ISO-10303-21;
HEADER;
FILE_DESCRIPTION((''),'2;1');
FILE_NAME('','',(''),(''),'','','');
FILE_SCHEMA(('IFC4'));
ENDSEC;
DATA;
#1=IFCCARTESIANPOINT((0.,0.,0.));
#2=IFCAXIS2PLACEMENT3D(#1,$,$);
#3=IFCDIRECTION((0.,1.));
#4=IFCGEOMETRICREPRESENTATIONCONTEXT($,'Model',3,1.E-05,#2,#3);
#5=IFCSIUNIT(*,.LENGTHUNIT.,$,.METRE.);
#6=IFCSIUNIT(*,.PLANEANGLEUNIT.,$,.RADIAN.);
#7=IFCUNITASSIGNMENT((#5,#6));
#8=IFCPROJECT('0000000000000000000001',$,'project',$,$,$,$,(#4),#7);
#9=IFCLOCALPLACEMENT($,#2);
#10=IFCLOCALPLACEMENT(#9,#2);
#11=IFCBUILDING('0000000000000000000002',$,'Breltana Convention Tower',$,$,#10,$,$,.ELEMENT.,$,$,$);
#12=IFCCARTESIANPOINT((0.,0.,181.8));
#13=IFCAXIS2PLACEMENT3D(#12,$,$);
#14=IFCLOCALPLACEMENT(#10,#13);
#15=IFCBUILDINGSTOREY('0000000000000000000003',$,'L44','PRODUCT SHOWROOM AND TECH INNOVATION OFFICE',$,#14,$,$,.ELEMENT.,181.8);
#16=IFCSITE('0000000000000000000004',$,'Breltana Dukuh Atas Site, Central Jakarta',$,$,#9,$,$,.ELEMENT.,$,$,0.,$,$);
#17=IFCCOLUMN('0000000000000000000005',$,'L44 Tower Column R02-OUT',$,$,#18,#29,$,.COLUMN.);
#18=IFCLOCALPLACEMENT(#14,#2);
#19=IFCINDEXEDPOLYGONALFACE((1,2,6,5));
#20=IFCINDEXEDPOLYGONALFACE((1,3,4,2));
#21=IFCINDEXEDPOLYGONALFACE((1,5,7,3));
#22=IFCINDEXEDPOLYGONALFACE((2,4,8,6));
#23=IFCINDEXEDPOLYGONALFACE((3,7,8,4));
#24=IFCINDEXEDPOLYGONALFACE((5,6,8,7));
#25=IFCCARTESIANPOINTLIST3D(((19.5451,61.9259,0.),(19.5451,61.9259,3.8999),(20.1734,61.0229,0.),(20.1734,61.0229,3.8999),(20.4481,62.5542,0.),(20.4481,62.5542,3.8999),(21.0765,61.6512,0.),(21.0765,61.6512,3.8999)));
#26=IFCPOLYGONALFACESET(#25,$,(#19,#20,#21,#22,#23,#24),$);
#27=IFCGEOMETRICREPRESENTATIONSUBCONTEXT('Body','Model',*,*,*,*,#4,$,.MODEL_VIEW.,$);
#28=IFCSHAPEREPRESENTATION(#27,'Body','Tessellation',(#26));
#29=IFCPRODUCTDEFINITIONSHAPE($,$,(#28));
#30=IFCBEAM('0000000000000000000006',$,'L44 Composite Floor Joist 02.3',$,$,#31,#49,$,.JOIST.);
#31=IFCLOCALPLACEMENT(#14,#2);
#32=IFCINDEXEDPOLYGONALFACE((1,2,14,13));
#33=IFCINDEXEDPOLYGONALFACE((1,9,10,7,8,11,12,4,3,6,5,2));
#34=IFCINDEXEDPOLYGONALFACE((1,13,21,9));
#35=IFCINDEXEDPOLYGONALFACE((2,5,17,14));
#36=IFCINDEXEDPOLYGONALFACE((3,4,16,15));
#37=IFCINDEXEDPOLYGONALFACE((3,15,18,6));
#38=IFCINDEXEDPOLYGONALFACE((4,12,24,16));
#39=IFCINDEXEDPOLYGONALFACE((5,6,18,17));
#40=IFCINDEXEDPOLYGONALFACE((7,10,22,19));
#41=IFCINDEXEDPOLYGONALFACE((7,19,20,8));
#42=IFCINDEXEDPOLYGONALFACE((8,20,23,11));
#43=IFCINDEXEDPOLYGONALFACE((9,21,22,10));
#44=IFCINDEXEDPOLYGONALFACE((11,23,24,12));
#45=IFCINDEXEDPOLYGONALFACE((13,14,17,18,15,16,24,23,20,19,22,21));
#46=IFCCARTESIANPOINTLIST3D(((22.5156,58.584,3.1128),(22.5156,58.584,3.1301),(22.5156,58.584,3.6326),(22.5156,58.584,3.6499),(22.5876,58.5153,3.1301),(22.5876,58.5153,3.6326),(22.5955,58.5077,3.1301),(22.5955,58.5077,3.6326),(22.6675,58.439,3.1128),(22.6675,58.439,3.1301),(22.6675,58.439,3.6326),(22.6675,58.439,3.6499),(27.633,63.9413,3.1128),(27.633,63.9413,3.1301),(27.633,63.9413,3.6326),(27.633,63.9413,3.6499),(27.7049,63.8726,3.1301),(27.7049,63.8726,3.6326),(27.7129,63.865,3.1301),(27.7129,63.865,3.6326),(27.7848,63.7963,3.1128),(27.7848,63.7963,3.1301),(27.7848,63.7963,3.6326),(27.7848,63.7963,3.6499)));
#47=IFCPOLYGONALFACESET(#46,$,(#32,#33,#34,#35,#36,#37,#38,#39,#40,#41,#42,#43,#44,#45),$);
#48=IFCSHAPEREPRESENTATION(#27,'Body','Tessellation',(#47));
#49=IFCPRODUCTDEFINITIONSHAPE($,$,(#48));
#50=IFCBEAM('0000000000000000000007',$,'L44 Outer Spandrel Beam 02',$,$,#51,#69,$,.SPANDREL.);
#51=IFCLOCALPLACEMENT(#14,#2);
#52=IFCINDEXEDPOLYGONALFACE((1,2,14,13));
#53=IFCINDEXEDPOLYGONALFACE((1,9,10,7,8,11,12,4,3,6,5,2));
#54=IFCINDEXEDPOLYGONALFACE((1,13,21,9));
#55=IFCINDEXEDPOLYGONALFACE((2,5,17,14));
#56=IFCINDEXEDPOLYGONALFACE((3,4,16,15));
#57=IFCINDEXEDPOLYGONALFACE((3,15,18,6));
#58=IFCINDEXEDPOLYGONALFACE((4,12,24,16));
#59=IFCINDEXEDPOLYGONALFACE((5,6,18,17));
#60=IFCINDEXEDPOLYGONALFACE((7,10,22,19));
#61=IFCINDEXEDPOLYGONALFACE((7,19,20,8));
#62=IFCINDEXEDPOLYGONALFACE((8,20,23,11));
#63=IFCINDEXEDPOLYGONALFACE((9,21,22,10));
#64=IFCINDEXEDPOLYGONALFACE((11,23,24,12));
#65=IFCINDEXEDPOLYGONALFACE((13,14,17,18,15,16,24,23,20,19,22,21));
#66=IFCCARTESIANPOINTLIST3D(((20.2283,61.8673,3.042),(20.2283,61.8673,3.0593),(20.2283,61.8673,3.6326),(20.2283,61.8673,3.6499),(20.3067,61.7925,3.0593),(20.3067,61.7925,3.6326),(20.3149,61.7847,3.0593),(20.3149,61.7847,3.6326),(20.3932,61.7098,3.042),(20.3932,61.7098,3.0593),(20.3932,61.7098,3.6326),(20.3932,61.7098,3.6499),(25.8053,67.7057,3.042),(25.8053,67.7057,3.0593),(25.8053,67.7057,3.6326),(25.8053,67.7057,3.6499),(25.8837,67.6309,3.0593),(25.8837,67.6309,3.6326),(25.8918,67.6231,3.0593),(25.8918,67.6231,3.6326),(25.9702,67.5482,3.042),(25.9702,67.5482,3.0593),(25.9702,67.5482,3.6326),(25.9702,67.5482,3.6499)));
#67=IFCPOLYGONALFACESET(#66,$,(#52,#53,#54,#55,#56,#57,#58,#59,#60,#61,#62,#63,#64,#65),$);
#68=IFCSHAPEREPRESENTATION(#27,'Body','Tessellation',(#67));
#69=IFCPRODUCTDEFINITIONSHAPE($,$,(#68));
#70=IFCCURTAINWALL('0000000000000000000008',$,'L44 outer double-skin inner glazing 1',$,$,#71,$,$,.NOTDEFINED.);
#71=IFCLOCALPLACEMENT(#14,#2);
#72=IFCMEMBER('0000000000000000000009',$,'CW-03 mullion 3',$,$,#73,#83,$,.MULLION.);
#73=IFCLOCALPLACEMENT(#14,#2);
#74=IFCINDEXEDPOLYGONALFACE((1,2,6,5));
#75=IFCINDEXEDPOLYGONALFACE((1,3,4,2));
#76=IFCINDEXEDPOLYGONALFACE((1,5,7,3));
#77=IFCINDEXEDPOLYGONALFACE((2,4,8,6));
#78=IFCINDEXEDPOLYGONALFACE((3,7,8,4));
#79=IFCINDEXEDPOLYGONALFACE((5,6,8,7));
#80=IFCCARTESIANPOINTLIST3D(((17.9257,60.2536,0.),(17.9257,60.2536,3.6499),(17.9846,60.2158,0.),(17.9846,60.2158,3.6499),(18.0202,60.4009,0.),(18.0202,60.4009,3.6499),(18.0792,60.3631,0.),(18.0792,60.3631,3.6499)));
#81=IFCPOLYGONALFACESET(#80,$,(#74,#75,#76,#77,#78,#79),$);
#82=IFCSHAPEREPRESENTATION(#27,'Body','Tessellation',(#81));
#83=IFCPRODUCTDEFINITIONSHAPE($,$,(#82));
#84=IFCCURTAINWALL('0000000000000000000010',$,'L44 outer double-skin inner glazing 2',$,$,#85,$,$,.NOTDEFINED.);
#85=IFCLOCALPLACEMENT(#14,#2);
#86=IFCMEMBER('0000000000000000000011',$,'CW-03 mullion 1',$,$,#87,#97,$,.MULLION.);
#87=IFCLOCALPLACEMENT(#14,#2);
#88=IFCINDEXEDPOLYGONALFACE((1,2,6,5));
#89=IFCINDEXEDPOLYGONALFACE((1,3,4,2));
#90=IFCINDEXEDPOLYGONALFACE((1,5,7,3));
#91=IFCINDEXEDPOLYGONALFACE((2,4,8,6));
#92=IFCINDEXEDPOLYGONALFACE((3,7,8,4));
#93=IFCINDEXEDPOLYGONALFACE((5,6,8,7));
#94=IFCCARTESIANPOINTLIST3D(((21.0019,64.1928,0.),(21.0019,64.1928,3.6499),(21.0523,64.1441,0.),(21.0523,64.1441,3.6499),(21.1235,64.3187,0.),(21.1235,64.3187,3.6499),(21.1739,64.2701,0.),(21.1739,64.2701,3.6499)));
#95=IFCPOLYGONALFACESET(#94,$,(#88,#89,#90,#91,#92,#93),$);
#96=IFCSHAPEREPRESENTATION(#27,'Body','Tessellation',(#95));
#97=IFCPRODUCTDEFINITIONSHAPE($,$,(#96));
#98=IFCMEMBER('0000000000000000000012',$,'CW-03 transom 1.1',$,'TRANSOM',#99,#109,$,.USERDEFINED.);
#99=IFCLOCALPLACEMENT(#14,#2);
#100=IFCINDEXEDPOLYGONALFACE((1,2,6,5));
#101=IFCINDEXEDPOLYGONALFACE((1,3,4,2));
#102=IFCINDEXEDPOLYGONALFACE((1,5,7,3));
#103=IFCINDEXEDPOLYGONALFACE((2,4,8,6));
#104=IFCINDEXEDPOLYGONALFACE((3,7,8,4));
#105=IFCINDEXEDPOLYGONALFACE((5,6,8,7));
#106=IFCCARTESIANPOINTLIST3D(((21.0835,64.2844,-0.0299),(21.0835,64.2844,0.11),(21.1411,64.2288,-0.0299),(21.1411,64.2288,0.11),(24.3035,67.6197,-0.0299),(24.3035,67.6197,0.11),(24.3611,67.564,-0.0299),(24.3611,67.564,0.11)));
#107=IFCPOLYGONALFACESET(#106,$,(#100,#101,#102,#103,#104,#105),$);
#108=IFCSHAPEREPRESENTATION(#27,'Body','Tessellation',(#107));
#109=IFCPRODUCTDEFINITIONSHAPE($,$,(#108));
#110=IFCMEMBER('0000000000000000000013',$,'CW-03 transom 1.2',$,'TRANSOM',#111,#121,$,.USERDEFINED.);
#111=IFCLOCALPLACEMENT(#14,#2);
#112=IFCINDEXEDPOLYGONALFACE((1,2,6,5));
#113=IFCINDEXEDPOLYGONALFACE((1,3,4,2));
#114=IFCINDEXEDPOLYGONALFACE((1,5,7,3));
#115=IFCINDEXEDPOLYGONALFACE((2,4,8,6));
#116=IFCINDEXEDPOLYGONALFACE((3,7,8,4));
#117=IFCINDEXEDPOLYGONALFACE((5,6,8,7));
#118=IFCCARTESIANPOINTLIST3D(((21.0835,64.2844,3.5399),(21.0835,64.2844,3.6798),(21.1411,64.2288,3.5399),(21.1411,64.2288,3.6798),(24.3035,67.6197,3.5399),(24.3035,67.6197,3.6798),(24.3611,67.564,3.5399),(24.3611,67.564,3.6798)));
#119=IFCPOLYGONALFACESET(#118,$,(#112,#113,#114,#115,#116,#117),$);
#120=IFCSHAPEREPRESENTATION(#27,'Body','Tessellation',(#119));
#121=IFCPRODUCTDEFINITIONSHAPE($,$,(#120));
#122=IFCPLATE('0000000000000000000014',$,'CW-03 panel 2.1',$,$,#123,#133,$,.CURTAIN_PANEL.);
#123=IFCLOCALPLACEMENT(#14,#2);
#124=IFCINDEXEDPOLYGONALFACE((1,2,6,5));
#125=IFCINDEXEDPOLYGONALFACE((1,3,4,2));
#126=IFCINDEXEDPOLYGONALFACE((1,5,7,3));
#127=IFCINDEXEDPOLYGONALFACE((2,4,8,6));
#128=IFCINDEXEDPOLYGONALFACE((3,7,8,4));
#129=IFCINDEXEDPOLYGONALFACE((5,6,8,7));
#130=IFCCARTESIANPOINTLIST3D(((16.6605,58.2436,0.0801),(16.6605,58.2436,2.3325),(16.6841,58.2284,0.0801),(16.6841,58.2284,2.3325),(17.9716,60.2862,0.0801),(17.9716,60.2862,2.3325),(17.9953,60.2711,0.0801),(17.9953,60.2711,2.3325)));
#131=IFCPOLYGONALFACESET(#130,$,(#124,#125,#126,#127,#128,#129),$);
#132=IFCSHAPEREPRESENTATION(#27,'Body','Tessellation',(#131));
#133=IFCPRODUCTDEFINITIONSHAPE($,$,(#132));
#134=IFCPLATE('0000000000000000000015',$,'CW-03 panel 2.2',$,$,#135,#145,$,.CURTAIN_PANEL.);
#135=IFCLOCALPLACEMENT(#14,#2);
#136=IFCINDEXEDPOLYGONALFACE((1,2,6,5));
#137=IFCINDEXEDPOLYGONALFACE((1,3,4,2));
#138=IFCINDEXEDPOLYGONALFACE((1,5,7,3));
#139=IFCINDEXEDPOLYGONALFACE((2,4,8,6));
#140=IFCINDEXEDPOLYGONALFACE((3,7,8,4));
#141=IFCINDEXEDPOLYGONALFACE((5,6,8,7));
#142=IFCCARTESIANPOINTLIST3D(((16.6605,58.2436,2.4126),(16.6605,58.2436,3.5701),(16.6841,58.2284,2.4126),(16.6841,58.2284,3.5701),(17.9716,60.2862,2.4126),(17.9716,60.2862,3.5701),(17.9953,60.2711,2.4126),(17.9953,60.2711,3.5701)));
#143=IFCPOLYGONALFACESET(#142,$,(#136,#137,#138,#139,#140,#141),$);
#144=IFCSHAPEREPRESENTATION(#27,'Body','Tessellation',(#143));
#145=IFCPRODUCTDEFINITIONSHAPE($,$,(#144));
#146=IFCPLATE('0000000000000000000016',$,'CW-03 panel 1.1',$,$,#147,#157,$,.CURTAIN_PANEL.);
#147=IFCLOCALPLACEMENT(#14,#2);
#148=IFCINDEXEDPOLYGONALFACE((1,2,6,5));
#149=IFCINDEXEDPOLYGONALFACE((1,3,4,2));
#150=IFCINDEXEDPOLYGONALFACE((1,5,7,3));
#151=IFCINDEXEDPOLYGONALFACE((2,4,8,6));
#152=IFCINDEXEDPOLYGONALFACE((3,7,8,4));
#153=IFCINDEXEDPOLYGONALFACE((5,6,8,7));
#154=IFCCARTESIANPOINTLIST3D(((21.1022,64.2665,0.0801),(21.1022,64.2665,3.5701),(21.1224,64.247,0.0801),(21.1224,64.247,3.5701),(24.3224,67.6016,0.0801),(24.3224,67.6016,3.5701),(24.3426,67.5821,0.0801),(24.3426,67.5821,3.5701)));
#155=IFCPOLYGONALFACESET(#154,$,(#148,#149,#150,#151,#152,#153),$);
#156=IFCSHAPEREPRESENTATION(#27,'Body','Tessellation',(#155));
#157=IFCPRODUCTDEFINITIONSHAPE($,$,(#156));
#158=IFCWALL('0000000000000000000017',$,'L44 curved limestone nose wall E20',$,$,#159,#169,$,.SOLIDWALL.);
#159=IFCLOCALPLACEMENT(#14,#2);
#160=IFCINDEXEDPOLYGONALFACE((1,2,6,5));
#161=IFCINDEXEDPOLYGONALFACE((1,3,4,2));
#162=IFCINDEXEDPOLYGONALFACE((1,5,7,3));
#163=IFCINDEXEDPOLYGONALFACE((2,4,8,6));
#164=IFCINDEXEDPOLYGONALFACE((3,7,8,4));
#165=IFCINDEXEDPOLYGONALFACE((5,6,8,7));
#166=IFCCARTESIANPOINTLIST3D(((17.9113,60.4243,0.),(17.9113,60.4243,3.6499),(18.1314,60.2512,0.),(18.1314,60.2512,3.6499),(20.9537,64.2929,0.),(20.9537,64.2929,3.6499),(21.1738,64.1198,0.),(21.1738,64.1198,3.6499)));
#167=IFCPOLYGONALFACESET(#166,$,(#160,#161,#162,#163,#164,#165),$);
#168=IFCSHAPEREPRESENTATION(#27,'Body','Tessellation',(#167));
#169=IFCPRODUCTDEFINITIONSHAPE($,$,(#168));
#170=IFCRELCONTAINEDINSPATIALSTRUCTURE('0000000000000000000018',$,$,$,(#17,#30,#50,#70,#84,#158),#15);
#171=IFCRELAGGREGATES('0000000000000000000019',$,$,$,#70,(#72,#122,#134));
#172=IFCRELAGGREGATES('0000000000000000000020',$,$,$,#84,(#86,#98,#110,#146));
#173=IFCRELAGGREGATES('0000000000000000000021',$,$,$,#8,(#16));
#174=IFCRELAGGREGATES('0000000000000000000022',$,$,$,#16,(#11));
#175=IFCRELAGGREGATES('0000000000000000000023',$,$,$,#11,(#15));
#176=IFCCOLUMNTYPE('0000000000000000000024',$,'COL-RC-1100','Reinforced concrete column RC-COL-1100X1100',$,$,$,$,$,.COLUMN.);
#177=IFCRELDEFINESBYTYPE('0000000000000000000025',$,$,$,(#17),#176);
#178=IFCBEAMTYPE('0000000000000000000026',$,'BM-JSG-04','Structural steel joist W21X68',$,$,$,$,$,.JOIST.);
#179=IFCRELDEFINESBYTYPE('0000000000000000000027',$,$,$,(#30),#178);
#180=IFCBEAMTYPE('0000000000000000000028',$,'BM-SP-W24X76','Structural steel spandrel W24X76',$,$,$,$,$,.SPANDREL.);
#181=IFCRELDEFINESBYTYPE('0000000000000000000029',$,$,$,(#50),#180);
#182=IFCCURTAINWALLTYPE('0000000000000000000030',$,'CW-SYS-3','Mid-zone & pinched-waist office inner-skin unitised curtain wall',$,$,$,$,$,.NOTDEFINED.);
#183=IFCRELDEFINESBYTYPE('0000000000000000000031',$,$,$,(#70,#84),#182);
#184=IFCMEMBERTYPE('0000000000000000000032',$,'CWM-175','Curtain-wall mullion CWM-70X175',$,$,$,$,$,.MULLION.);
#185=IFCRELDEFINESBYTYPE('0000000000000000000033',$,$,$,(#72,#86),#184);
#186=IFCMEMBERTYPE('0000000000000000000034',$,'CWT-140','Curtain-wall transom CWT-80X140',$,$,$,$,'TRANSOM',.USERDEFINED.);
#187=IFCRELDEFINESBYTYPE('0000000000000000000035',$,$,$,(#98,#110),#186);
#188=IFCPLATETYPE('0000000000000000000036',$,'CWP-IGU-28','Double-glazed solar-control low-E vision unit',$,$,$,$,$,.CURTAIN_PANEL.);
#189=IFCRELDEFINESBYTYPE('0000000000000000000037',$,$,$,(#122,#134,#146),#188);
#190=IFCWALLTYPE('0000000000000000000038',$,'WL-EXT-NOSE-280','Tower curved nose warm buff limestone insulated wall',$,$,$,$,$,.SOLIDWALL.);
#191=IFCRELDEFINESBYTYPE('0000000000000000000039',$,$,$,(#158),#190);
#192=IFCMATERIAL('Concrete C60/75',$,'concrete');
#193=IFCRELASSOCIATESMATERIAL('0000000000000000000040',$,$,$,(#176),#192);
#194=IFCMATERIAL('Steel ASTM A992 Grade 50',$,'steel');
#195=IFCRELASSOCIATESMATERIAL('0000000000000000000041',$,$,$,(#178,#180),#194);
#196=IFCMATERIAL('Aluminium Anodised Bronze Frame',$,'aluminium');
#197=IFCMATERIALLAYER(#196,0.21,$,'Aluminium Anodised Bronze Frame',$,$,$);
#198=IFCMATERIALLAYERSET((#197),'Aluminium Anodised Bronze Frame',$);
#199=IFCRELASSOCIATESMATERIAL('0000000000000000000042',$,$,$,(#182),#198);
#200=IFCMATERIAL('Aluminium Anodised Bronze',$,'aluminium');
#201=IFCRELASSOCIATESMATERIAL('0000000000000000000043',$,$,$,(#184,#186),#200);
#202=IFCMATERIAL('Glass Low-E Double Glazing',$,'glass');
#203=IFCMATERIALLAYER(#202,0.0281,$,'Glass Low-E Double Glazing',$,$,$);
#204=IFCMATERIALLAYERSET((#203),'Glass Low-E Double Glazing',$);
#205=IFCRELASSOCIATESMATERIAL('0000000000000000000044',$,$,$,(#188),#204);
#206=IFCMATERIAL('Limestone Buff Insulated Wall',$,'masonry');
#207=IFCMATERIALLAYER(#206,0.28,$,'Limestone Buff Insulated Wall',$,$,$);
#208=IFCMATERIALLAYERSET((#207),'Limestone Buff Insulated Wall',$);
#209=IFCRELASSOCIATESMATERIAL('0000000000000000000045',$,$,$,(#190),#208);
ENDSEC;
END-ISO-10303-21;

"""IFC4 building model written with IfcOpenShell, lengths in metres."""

from ifc_helpers import new_model, si_unit, direction, frame, frame_2d, origin, origin_2d, place, context, subcontext, project, spatial, rectangle, i_section, extrude, source, transform, mapped, material, layer, layer_set, material_profile, profile_set, type_object, element, aggregate, save


model = new_model("IFC4")

# Units and contexts
model_context = context("Model", 3, precision=1e-05, world=origin(), true_north=direction((0.0, 1.0)))
body_context = subcontext(model_context, "Body", "Model", "MODEL_VIEW")
ifc_project = project(units=[si_unit("LENGTHUNIT", "METRE"), si_unit("PLANEANGLEUNIT", "RADIAN")], contexts=[model_context])

# Site, building, storey
site_placement = place(None, origin())
site = spatial("IfcSite", under=ifc_project, at=site_placement, Name="Breltana Dukuh Atas Site, Central Jakarta", CompositionType="ELEMENT", RefElevation=0.0)
building_placement = place(site_placement, origin())
building = spatial("IfcBuilding", under=site, at=building_placement, Name="Breltana Convention Tower", CompositionType="ELEMENT")
storey_placement = place(building_placement, frame((0.0, 0.0, 181.8)))
storey = spatial("IfcBuildingStorey", under=building, at=storey_placement, Name="L44", Description="PRODUCT SHOWROOM AND TECH INNOVATION OFFICE", CompositionType="ELEMENT", Elevation=181.8)

# Column
ifc_material_1 = material(Name="Concrete C60/75", Category="concrete")
ifc_material_profile_1 = material_profile(ifc_material_1, rectangle(XDim=1.1001, YDim=1.1001, at=origin_2d()), Name="RC-COL-1100X1100")
ifc_profile_set_1 = profile_set([ifc_material_profile_1], Name="Concrete C60/75")
column_type = type_object("IfcColumnType", Name="COL-RC-1100", Description="Reinforced concrete column RC-COL-1100X1100", PredefinedType="COLUMN", material=ifc_profile_set_1)
shared_shape_1 = source(origin(), body_context, "Body", "SweptSolid", [
    extrude(rectangle(XDim=1.1001, YDim=1.1001, at=origin_2d()), origin(), (0.0, 0.0, 1.0), 3.8999),
])
column_placement = place(storey_placement, frame((20.3108, 61.7886, 0.0), z_axis=(0.0, 0.0, 1.0), x_axis=(-0.571143, 0.82085, 0.0)))
element("IfcColumn", 1, at=column_placement, inside=storey, type_object=column_type, Name="L44 Tower Column R02-OUT", PredefinedType="COLUMN", context=body_context, shape_type="MappedRepresentation", body=[
    mapped(shared_shape_1, transform((0.0, 0.0, 0.0), scale=1.0)),
])

# Beams
ifc_material_2 = material(Name="Steel ASTM A992 Grade 50", Category="steel")
ifc_material_profile_2 = material_profile(ifc_material_2, i_section(OverallWidth=0.21, OverallDepth=0.5371, WebThickness=0.011, FlangeThickness=0.0173, at=origin_2d()), Name="W21X68")
ifc_profile_set_2 = profile_set([ifc_material_profile_2], Name="Steel ASTM A992 Grade 50")
beam_type_1 = type_object("IfcBeamType", Name="BM-JSG-04", Description="Structural steel joist W21X68", PredefinedType="JOIST", material=ifc_profile_set_2)
shared_shape_2 = source(origin(), body_context, "Body", "SweptSolid", [
    extrude(i_section(OverallWidth=0.21, OverallDepth=0.5371, WebThickness=0.011, FlangeThickness=0.0173, at=origin_2d()), origin(), (0.0, 0.0, 1.0), 7.4087),
])
beam_1_placement = place(storey_placement, frame((22.5916, 58.5115, 3.3813), z_axis=(0.690725, 0.723118, 0.0), x_axis=(-0.723118, 0.690725, 0.0)))
element("IfcBeam", 2, at=beam_1_placement, inside=storey, type_object=beam_type_1, Name="L44 Composite Floor Joist 02.3", PredefinedType="JOIST", context=body_context, shape_type="MappedRepresentation", body=[
    mapped(shared_shape_2, transform((0.0, 0.0, 0.0), scale=1.0)),
])
ifc_material_profile_3 = material_profile(ifc_material_2, i_section(OverallWidth=0.228, OverallDepth=0.6079, WebThickness=0.0112, FlangeThickness=0.0173, at=origin_2d()), Name="W24X76")
ifc_profile_set_3 = profile_set([ifc_material_profile_3], Name="Steel ASTM A992 Grade 50")
beam_type_2 = type_object("IfcBeamType", Name="BM-SP-W24X76", Description="Structural steel spandrel W24X76", PredefinedType="SPANDREL", material=ifc_profile_set_3)
shared_shape_3 = source(origin(), body_context, "Body", "SweptSolid", [
    extrude(i_section(OverallWidth=0.228, OverallDepth=0.6079, WebThickness=0.0112, FlangeThickness=0.0173, at=origin_2d()), origin(), (0.0, 0.0, 1.0), 8.074),
])
beam_2_placement = place(storey_placement, frame((20.3108, 61.7886, 3.3459), z_axis=(0.690729, 0.723114, 0.0), x_axis=(-0.723114, 0.690729, 0.0)))
element("IfcBeam", 3, at=beam_2_placement, inside=storey, type_object=beam_type_2, Name="L44 Outer Spandrel Beam 02", PredefinedType="SPANDREL", context=body_context, shape_type="MappedRepresentation", body=[
    mapped(shared_shape_3, transform((0.0, 0.0, 0.0), scale=1.0)),
])

# Curtain wall, member
ifc_material_3 = material(Name="Aluminium Anodised Bronze Frame", Category="aluminium")
ifc_layer_1 = layer(ifc_material_3, 0.21, Name="Aluminium Anodised Bronze Frame")
ifc_layer_set_1 = layer_set([ifc_layer_1], Name="Aluminium Anodised Bronze Frame")
curtain_wall_type = type_object("IfcCurtainWallType", Name="CW-SYS-3", Description="Mid-zone & pinched-waist office inner-skin unitised curtain wall", PredefinedType="NOTDEFINED", material=ifc_layer_set_1)
curtain_wall_1_placement = place(storey_placement, origin())
curtain_wall_1 = element("IfcCurtainWall", 4, at=curtain_wall_1_placement, inside=storey, type_object=curtain_wall_type, Name="L44 outer double-skin inner glazing 1", PredefinedType="NOTDEFINED")
ifc_material_4 = material(Name="Aluminium Anodised Bronze", Category="aluminium")
ifc_material_profile_4 = material_profile(ifc_material_4, rectangle(XDim=0.0701, YDim=0.175, at=origin_2d()), Name="CWM-70X175")
ifc_profile_set_4 = profile_set([ifc_material_profile_4], Name="Aluminium Anodised Bronze")
member_type_1 = type_object("IfcMemberType", Name="CWM-175", Description="Curtain-wall mullion CWM-70X175", PredefinedType="MULLION", material=ifc_profile_set_4)
shared_shape_4 = source(origin(), body_context, "Body", "SweptSolid", [
    extrude(rectangle(XDim=0.0701, YDim=0.175, at=origin_2d()), origin(), (0.0, 0.0, 1.0), 3.6499),
])
member_1_placement = place(storey_placement, frame((18.0024, 60.3083, 0.0), z_axis=(0.0, 0.0, 1.0), x_axis=(-0.841554, 0.540173, 0.0)))
member_1 = element("IfcMember", 5, at=member_1_placement, type_object=member_type_1, Name="CW-03 mullion 3", PredefinedType="MULLION", context=body_context, shape_type="MappedRepresentation", body=[
    mapped(shared_shape_4, transform((0.0, 0.0, 0.0), scale=1.0)),
])

# Curtain wall, members
curtain_wall_2_placement = place(storey_placement, origin())
curtain_wall_2 = element("IfcCurtainWall", 6, at=curtain_wall_2_placement, inside=storey, type_object=curtain_wall_type, Name="L44 outer double-skin inner glazing 2", PredefinedType="NOTDEFINED")
member_2_placement = place(storey_placement, frame((21.0879, 64.2314, 0.0), z_axis=(0.0, 0.0, 1.0), x_axis=(-0.719394, 0.694603, 0.0)))
member_2 = element("IfcMember", 7, at=member_2_placement, type_object=member_type_1, Name="CW-03 mullion 1", PredefinedType="MULLION", context=body_context, shape_type="MappedRepresentation", body=[
    mapped(shared_shape_4, transform((0.0, 0.0, 0.0), scale=1.0)),
])
ifc_material_profile_5 = material_profile(ifc_material_4, rectangle(XDim=0.0801, YDim=0.1399, at=origin_2d()), Name="CWT-80X140")
ifc_profile_set_5 = profile_set([ifc_material_profile_5], Name="Aluminium Anodised Bronze")
member_type_2 = type_object("IfcMemberType", Name="CWT-140", Description="Curtain-wall transom CWT-80X140", ElementType="TRANSOM", PredefinedType="USERDEFINED", material=ifc_profile_set_5)
shared_shape_5 = source(origin(), body_context, "Body", "SweptSolid", [
    extrude(rectangle(XDim=0.0801, YDim=0.1399, at=origin_2d()), origin(), (0.0, 0.0, 1.0), 4.636),
])
member_3_placement = place(storey_placement, frame((21.1123, 64.2566, 0.04), z_axis=(0.694569, 0.719426, 0.0), x_axis=(-0.719426, 0.694569, 0.0)))
member_3 = element("IfcMember", 8, at=member_3_placement, type_object=member_type_2, Name="CW-03 transom 1.1", ObjectType="TRANSOM", PredefinedType="USERDEFINED", context=body_context, shape_type="MappedRepresentation", body=[
    mapped(shared_shape_5, transform((0.0, 0.0, 0.0), scale=1.0)),
])
member_4_placement = place(storey_placement, frame((21.1123, 64.2566, 3.6099), z_axis=(0.694569, 0.719426, 0.0), x_axis=(-0.719426, 0.694569, 0.0)))
member_4 = element("IfcMember", 9, at=member_4_placement, type_object=member_type_2, Name="CW-03 transom 1.2", ObjectType="TRANSOM", PredefinedType="USERDEFINED", context=body_context, shape_type="MappedRepresentation", body=[
    mapped(shared_shape_5, transform((0.0, 0.0, 0.0), scale=1.0)),
])

# Plates
ifc_material_5 = material(Name="Glass Low-E Double Glazing", Category="glass")
ifc_layer_2 = layer(ifc_material_5, 0.0281, Name="Glass Low-E Double Glazing")
ifc_layer_set_2 = layer_set([ifc_layer_2], Name="Glass Low-E Double Glazing")
plate_type = type_object("IfcPlateType", Name="CWP-IGU-28", Description="Double-glazed solar-control low-E vision unit", PredefinedType="CURTAIN_PANEL", material=ifc_layer_set_2)
shared_shape_6 = source(origin(), body_context, "Body", "SweptSolid", [
    extrude(rectangle(XDim=2.4272, YDim=0.0281, at=origin_2d()), origin(), (0.0, 0.0, 1.0), 2.2524),
])
plate_1_placement = place(storey_placement, frame((17.3279, 59.2573, 0.0801), z_axis=(0.0, 0.0, 1.0), x_axis=(0.540173, 0.841554, 0.0)))
plate_1 = element("IfcPlate", 10, at=plate_1_placement, type_object=plate_type, Name="CW-03 panel 2.1", PredefinedType="CURTAIN_PANEL", context=body_context, shape_type="MappedRepresentation", body=[
    mapped(shared_shape_6, transform((0.0, 0.0, 0.0), scale=1.0)),
])
shared_shape_7 = source(origin(), body_context, "Body", "SweptSolid", [
    extrude(rectangle(XDim=2.4272, YDim=0.0281, at=origin_2d()), origin(), (0.0, 0.0, 1.0), 1.1575),
])
plate_2_placement = place(storey_placement, frame((17.3279, 59.2573, 2.4126), z_axis=(0.0, 0.0, 1.0), x_axis=(0.540173, 0.841554, 0.0)))
plate_2 = element("IfcPlate", 11, at=plate_2_placement, type_object=plate_type, Name="CW-03 panel 2.2", PredefinedType="CURTAIN_PANEL", context=body_context, shape_type="MappedRepresentation", body=[
    mapped(shared_shape_7, transform((0.0, 0.0, 0.0), scale=1.0)),
])
aggregate(curtain_wall_1, [member_1, plate_1, plate_2])
shared_shape_8 = source(origin(), body_context, "Body", "SweptSolid", [
    extrude(rectangle(XDim=4.636, YDim=0.0281, at=origin_2d()), origin(), (0.0, 0.0, 1.0), 3.49),
])
plate_3_placement = place(storey_placement, frame((22.7224, 65.9243, 0.0801), z_axis=(0.0, 0.0, 1.0), x_axis=(0.694603, 0.719394, 0.0)))
plate_3 = element("IfcPlate", 12, at=plate_3_placement, type_object=plate_type, Name="CW-03 panel 1.1", PredefinedType="CURTAIN_PANEL", context=body_context, shape_type="MappedRepresentation", body=[
    mapped(shared_shape_8, transform((0.0, 0.0, 0.0), scale=1.0)),
])
aggregate(curtain_wall_2, [member_2, member_3, member_4, plate_3])

# Wall
ifc_material_6 = material(Name="Limestone Buff Insulated Wall", Category="masonry")
ifc_layer_3 = layer(ifc_material_6, 0.28, Name="Limestone Buff Insulated Wall")
ifc_layer_set_3 = layer_set([ifc_layer_3], Name="Limestone Buff Insulated Wall")
wall_type_1 = type_object("IfcWallType", Name="WL-EXT-NOSE-280", Description="Tower curved nose warm buff limestone insulated wall", PredefinedType="SOLIDWALL", material=ifc_layer_set_3)
shared_shape_9 = source(origin(), body_context, "Body", "SweptSolid", [
    extrude(rectangle(XDim=4.9216, YDim=0.28, at=frame_2d((2.4609, 0.0))), origin(), (0.0, 0.0, 1.0), 3.6499),
])
wall_1_placement = place(storey_placement, frame((18.0212, 60.3376, 0.0), z_axis=(0.0, 0.0, 1.0), x_axis=(0.618176, 0.786039, 0.0)))
element("IfcWall", 13, at=wall_1_placement, inside=storey, type_object=wall_type_1, Name="L44 curved limestone nose wall E20", PredefinedType="SOLIDWALL", context=body_context, shape_type="MappedRepresentation", body=[
    mapped(shared_shape_9, transform((0.0, 0.0, 0.0), scale=1.0)),
])

save(model, "model.ifc")
